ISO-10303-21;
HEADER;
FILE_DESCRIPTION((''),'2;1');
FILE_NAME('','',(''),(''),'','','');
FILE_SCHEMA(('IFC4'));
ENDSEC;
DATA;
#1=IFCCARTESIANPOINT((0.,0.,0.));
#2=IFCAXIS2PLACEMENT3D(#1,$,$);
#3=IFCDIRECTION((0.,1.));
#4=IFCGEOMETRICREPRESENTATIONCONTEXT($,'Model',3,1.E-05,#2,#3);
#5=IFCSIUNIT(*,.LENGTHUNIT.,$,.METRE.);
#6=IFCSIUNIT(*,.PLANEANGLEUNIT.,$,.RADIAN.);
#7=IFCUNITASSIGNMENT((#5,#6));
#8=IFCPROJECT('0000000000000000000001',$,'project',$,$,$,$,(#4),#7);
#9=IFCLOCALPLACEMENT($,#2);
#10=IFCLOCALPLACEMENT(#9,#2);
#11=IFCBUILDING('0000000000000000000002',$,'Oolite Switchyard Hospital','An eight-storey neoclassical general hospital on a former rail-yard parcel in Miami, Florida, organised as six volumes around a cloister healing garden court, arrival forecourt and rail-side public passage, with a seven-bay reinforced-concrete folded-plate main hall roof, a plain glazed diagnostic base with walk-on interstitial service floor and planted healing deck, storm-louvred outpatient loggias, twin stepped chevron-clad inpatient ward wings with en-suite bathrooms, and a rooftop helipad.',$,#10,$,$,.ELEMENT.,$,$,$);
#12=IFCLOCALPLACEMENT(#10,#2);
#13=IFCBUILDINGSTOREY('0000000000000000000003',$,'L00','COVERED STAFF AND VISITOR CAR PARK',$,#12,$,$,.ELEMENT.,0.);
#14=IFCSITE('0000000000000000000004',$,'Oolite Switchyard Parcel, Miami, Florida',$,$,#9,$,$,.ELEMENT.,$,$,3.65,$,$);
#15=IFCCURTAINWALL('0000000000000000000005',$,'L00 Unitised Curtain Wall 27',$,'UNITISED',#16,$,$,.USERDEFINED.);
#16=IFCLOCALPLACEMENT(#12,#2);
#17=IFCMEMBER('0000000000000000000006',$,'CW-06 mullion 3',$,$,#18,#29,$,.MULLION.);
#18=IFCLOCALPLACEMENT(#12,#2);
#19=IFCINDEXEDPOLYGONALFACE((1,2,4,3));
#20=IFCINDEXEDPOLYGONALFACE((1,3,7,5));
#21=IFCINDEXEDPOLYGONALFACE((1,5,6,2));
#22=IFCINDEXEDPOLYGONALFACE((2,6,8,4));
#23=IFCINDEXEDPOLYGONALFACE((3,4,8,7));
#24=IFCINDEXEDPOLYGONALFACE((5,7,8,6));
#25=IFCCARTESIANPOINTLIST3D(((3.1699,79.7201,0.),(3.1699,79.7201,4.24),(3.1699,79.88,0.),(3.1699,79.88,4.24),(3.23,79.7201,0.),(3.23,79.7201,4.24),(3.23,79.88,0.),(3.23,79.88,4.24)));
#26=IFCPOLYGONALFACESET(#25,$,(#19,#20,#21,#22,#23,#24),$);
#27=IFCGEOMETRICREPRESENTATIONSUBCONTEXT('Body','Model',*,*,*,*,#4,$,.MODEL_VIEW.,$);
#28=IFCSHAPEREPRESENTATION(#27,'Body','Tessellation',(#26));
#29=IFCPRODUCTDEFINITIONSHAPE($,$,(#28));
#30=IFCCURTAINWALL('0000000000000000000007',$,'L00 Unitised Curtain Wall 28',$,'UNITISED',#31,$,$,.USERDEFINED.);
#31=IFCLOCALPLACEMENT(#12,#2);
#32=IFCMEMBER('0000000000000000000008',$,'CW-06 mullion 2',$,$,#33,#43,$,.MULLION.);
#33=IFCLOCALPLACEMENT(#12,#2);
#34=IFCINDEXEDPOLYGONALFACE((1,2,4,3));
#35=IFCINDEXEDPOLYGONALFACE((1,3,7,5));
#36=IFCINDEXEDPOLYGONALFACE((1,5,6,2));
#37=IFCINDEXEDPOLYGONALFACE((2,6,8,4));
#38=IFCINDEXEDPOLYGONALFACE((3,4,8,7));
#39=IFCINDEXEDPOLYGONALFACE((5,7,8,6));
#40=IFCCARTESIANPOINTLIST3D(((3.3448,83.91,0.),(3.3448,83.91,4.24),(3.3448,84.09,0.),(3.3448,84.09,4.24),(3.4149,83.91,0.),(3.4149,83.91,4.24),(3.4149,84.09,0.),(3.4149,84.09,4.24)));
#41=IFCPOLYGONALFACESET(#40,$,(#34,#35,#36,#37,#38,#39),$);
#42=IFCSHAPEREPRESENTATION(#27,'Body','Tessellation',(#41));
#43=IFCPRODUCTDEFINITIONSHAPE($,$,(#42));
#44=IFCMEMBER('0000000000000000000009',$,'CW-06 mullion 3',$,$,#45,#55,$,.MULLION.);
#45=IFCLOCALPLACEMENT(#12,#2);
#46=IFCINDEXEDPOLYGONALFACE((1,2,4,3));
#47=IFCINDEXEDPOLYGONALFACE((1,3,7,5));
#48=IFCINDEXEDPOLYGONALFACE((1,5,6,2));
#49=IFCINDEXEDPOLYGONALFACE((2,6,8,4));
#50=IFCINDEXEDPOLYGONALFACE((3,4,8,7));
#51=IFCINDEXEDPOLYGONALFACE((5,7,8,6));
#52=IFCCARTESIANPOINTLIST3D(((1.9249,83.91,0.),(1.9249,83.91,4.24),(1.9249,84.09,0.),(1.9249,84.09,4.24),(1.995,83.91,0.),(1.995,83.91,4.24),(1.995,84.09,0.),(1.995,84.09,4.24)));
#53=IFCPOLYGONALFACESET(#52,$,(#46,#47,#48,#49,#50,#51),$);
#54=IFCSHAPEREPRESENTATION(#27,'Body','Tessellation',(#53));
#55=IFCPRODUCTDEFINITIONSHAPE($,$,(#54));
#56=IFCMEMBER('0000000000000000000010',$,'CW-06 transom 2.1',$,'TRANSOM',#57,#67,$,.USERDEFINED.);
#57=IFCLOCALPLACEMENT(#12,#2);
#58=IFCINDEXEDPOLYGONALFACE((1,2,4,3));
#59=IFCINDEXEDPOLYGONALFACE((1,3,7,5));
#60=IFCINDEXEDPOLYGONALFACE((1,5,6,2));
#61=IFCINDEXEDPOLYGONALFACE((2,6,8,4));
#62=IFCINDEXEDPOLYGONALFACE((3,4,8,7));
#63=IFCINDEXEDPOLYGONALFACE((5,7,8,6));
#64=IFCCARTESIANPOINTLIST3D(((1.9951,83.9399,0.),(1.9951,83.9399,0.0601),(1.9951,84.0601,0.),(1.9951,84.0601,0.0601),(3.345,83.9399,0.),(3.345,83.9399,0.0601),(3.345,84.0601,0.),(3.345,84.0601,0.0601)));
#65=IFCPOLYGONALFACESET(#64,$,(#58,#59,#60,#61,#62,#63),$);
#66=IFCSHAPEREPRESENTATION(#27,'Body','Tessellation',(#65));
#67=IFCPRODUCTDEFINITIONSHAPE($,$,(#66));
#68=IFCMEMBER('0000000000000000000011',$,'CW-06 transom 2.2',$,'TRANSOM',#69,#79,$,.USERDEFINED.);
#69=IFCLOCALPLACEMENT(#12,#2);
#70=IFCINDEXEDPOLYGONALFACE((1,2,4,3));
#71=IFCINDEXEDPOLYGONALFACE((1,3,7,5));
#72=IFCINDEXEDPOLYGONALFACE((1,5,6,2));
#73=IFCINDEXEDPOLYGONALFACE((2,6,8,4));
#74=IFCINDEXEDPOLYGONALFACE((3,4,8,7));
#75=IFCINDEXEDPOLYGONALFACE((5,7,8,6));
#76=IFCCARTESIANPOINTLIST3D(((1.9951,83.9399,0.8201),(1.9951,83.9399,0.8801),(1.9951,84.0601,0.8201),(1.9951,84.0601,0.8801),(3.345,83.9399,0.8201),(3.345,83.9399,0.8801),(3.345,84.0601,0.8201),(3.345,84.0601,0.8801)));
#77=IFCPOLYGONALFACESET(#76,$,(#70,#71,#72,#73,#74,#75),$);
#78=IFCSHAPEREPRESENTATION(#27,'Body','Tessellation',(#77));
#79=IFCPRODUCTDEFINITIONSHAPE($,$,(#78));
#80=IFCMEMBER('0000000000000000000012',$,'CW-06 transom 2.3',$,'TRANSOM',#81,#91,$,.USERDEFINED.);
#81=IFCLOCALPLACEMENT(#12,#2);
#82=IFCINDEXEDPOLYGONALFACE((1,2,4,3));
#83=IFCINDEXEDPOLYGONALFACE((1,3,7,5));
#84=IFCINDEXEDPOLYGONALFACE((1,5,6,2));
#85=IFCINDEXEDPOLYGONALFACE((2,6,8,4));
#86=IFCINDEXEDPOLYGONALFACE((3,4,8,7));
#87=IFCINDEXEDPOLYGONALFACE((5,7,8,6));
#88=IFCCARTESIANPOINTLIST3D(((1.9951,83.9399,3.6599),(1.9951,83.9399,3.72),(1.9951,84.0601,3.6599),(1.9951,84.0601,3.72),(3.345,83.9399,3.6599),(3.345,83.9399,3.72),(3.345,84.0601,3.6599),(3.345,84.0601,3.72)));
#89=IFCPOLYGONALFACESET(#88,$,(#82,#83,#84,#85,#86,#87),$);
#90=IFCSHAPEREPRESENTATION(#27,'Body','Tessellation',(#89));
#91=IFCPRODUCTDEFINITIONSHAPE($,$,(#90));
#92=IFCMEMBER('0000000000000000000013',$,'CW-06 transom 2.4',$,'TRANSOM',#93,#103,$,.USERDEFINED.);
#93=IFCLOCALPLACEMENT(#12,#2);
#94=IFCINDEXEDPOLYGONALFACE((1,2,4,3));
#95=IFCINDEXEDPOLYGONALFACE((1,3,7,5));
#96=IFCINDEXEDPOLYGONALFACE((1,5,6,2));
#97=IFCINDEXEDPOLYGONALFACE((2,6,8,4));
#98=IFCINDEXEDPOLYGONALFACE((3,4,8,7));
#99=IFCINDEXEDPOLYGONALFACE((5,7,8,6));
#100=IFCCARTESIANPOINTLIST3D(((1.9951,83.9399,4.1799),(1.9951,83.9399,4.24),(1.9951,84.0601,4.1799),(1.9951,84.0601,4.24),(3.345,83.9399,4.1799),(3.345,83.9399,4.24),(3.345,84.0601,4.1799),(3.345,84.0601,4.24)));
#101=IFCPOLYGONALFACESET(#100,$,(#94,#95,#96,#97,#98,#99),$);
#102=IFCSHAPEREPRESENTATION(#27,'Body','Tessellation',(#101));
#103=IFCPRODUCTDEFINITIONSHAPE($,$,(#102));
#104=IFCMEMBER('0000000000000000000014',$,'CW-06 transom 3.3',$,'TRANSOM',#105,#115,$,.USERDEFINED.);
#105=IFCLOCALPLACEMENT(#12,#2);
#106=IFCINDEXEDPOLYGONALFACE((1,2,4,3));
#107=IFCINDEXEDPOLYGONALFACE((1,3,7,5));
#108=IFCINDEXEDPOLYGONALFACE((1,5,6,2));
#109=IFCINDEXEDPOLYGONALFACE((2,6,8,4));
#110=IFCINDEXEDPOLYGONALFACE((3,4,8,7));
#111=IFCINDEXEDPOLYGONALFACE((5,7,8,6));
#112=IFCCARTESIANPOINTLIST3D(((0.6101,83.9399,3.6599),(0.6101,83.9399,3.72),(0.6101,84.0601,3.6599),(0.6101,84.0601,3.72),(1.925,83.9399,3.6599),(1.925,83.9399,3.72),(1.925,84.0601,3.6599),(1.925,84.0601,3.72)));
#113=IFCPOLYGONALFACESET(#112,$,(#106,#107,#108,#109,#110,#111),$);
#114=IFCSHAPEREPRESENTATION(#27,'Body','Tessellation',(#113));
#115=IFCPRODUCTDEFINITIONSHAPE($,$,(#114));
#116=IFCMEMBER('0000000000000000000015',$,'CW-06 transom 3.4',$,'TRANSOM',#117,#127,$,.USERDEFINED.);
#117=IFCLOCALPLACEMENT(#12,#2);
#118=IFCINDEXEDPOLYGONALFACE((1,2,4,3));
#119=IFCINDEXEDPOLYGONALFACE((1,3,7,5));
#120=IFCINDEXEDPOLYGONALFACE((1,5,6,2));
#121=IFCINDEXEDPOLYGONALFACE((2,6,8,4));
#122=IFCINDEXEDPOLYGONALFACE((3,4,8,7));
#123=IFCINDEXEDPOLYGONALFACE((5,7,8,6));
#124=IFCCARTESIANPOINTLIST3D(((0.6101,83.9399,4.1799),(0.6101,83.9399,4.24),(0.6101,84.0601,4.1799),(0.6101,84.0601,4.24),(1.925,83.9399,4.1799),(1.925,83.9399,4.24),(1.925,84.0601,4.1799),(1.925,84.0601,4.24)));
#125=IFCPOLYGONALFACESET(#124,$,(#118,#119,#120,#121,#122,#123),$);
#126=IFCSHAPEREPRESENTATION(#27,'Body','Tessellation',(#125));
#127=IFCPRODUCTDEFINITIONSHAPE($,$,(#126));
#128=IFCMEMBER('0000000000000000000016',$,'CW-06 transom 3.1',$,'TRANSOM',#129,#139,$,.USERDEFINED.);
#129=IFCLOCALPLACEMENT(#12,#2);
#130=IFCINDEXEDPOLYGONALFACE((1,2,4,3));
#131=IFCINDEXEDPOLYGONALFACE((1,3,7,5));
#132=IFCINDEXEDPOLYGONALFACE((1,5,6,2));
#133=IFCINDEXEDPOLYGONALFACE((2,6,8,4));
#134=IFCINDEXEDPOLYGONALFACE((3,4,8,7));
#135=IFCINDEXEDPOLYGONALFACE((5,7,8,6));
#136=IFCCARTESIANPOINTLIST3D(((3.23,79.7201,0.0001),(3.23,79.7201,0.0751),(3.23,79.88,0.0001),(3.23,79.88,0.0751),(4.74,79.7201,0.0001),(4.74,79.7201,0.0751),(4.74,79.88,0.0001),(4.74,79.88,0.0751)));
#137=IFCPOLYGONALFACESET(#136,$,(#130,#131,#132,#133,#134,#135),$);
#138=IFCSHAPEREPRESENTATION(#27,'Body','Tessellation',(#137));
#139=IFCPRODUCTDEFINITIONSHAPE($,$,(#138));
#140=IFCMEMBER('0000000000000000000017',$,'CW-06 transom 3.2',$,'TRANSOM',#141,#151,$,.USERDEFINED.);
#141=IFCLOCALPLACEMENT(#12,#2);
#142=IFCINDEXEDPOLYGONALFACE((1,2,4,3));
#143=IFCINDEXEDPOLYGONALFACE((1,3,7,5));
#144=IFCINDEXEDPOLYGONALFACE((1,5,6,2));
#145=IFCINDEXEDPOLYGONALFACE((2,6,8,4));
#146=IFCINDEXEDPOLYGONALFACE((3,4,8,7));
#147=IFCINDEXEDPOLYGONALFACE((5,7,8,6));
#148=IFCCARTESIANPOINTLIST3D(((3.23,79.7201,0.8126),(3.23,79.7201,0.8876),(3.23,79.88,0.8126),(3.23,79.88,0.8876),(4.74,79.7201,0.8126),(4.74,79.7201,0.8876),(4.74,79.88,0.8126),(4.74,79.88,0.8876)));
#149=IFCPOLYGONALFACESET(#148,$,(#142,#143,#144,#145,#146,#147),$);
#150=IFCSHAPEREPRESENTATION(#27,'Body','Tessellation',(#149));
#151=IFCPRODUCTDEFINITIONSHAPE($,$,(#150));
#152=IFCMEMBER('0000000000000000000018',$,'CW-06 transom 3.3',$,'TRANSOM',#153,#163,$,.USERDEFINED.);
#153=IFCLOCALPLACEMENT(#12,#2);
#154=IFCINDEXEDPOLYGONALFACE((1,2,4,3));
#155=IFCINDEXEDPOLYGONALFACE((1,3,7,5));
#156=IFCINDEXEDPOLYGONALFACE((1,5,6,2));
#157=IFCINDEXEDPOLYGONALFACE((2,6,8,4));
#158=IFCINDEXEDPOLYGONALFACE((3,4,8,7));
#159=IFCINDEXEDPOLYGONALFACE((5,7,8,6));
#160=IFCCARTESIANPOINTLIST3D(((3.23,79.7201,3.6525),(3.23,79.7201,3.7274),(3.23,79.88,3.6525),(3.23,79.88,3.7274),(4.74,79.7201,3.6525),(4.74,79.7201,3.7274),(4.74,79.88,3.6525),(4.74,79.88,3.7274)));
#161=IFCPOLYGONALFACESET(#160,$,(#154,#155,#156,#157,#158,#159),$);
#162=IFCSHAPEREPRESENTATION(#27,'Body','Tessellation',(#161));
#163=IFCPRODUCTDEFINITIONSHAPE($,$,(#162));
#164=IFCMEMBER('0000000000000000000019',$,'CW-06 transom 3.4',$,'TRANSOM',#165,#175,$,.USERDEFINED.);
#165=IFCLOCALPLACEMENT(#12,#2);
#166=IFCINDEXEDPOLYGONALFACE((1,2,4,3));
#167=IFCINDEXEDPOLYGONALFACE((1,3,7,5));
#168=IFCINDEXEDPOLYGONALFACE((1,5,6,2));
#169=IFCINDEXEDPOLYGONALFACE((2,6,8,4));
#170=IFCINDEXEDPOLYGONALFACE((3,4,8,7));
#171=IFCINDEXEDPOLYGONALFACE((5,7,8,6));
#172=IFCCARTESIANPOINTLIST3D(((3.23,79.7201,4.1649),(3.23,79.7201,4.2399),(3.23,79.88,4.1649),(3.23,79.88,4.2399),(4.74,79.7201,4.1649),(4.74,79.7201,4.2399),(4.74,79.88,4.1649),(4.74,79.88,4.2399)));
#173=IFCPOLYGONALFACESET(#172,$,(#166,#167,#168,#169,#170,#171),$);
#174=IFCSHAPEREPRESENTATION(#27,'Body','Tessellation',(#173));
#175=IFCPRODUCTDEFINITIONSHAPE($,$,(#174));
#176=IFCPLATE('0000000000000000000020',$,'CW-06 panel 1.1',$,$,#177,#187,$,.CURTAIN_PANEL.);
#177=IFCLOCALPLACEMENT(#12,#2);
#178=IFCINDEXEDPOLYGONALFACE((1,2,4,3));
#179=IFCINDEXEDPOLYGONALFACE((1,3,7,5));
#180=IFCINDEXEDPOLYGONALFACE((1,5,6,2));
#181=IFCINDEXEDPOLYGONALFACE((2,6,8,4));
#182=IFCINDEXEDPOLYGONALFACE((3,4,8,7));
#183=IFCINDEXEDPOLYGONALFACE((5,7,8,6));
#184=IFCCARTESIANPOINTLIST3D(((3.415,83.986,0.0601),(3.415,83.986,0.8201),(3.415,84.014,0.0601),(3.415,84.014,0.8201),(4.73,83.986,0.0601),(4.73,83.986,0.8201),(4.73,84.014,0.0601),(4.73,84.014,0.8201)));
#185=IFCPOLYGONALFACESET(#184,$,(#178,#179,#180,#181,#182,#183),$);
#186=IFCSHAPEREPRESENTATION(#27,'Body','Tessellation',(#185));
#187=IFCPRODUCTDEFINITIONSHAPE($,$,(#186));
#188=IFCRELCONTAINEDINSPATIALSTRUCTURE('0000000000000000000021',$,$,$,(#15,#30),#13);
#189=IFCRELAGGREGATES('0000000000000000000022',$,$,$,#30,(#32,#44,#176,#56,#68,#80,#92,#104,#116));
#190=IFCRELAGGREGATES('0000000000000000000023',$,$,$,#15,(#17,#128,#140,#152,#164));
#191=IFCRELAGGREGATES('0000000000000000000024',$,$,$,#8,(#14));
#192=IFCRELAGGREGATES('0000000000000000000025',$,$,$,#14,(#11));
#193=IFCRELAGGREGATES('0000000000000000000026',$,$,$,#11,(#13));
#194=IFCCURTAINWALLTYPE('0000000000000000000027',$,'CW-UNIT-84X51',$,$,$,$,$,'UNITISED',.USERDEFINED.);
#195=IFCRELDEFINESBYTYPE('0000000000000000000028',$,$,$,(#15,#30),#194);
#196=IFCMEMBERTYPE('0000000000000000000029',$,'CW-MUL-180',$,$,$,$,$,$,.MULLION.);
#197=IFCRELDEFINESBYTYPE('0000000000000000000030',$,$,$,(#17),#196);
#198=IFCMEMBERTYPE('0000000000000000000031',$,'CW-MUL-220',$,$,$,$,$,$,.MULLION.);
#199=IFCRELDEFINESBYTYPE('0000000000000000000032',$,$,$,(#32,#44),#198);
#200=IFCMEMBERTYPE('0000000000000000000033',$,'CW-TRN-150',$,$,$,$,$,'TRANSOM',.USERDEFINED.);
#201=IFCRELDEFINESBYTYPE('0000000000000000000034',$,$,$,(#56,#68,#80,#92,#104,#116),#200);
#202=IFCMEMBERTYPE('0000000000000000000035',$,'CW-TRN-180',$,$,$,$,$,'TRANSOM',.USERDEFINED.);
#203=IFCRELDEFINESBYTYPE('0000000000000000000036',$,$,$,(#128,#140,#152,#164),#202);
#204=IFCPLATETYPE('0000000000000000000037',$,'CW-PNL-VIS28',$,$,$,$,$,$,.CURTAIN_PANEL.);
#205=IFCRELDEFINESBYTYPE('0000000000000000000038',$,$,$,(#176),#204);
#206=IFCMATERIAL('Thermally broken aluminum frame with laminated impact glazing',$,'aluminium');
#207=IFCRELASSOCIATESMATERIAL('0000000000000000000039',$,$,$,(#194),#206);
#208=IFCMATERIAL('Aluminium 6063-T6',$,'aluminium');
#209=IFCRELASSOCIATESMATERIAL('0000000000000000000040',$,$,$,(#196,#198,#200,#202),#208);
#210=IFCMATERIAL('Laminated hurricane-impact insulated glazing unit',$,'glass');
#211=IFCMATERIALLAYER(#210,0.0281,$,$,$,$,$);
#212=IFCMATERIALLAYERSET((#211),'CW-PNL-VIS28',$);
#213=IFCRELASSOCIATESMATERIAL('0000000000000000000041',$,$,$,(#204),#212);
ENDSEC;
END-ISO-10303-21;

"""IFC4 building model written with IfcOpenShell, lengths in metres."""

from ifc_helpers import new_model, si_unit, direction, frame, origin, origin_2d, place, context, subcontext, project, spatial, rectangle, extrude, material, layer, layer_set, material_profile, profile_set, type_object, element, aggregate, save


model = new_model("IFC4")

# Units and contexts
model_context = context("Model", 3, precision=1e-05, world=origin(), true_north=direction((0.0, 1.0)))
body_context = subcontext(model_context, "Body", "Model", "MODEL_VIEW")
ifc_project = project(units=[si_unit("LENGTHUNIT", "METRE"), si_unit("PLANEANGLEUNIT", "RADIAN")], contexts=[model_context])

# Site, building, storey
site_placement = place(None, origin())
site = spatial("IfcSite", under=ifc_project, at=site_placement, Name="Oolite Switchyard Parcel, Miami, Florida", CompositionType="ELEMENT", RefElevation=3.65)
building_placement = place(site_placement, origin())
building = spatial("IfcBuilding", under=site, at=building_placement, Name="Oolite Switchyard Hospital", Description="An eight-storey neoclassical general hospital on a former rail-yard parcel in Miami, Florida, organised as six volumes around a cloister healing garden court, arrival forecourt and rail-side public passage, with a seven-bay reinforced-concrete folded-plate main hall roof, a plain glazed diagnostic base with walk-on interstitial service floor and planted healing deck, storm-louvred outpatient loggias, twin stepped chevron-clad inpatient ward wings with en-suite bathrooms, and a rooftop helipad.", CompositionType="ELEMENT")
storey_placement = place(building_placement, origin())
storey = spatial("IfcBuildingStorey", under=building, at=storey_placement, Name="L00", Description="COVERED STAFF AND VISITOR CAR PARK", CompositionType="ELEMENT", Elevation=0.0)

# Curtain wall, member
ifc_material_1 = material(Name="Thermally broken aluminum frame with laminated impact glazing", Category="aluminium")
curtain_wall_type = type_object("IfcCurtainWallType", Name="CW-UNIT-84X51", ElementType="UNITISED", PredefinedType="USERDEFINED", material=ifc_material_1)
curtain_wall_1_placement = place(storey_placement, origin())
curtain_wall_1 = element("IfcCurtainWall", 1, at=curtain_wall_1_placement, inside=storey, type_object=curtain_wall_type, Name="L00 Unitised Curtain Wall 27", ObjectType="UNITISED", PredefinedType="USERDEFINED")
ifc_material_2 = material(Name="Aluminium 6063-T6", Category="aluminium")
ifc_material_profile_1 = material_profile(ifc_material_2, rectangle(XDim=0.1599, YDim=0.0601, at=origin_2d()), Name="CWM60X160")
ifc_profile_set_1 = profile_set([ifc_material_profile_1], Name="Aluminium 6063-T6")
member_type_1 = type_object("IfcMemberType", Name="CW-MUL-180", PredefinedType="MULLION", material=ifc_profile_set_1)
member_1_placement = place(storey_placement, frame((3.2, 79.8, 0.0), z_axis=(0.0, 0.0, 1.0), x_axis=(0.0, 1.0, 0.0)))
member_1 = element("IfcMember", 2, at=member_1_placement, type_object=member_type_1, Name="CW-06 mullion 3", PredefinedType="MULLION", context=body_context, shape_type="SweptSolid", body=[
    extrude(rectangle(XDim=0.1599, YDim=0.0601, at=origin_2d()), origin(), (0.0, 0.0, 1.0), 4.24),
])

# Curtain wall, members
curtain_wall_2_placement = place(storey_placement, origin())
curtain_wall_2 = element("IfcCurtainWall", 3, at=curtain_wall_2_placement, inside=storey, type_object=curtain_wall_type, Name="L00 Unitised Curtain Wall 28", ObjectType="UNITISED", PredefinedType="USERDEFINED")
ifc_material_profile_2 = material_profile(ifc_material_2, rectangle(XDim=0.1799, YDim=0.0701, at=origin_2d()), Name="CWM70X180")
ifc_profile_set_2 = profile_set([ifc_material_profile_2], Name="Aluminium 6063-T6")
member_type_2 = type_object("IfcMemberType", Name="CW-MUL-220", PredefinedType="MULLION", material=ifc_profile_set_2)
member_2_placement = place(storey_placement, frame((3.3799, 84.0, 0.0), z_axis=(0.0, 0.0, 1.0), x_axis=(0.0, -1.0, 0.0)))
member_2 = element("IfcMember", 4, at=member_2_placement, type_object=member_type_2, Name="CW-06 mullion 2", PredefinedType="MULLION", context=body_context, shape_type="SweptSolid", body=[
    extrude(rectangle(XDim=0.1799, YDim=0.0701, at=origin_2d()), origin(), (0.0, 0.0, 1.0), 4.24),
])
member_3_placement = place(storey_placement, frame((1.96, 84.0, 0.0), z_axis=(0.0, 0.0, 1.0), x_axis=(0.0, -1.0, 0.0)))
member_3 = element("IfcMember", 5, at=member_3_placement, type_object=member_type_2, Name="CW-06 mullion 3", PredefinedType="MULLION", context=body_context, shape_type="SweptSolid", body=[
    extrude(rectangle(XDim=0.1799, YDim=0.0701, at=origin_2d()), origin(), (0.0, 0.0, 1.0), 4.24),
])
ifc_material_profile_3 = material_profile(ifc_material_2, rectangle(XDim=0.1201, YDim=0.0601, at=origin_2d()), Name="CWT60X120")
ifc_profile_set_3 = profile_set([ifc_material_profile_3], Name="Aluminium 6063-T6")
member_type_3 = type_object("IfcMemberType", Name="CW-TRN-150", ElementType="TRANSOM", PredefinedType="USERDEFINED", material=ifc_profile_set_3)
member_4_placement = place(storey_placement, frame((3.345, 84.0, 0.03), z_axis=(-1.0, 0.0, 0.0), x_axis=(0.0, -1.0, 0.0)))
member_4 = element("IfcMember", 6, at=member_4_placement, type_object=member_type_3, Name="CW-06 transom 2.1", ObjectType="TRANSOM", PredefinedType="USERDEFINED", context=body_context, shape_type="SweptSolid", body=[
    extrude(rectangle(XDim=0.1201, YDim=0.0601, at=origin_2d()), origin(), (0.0, 0.0, 1.0), 1.3499),
])
member_5_placement = place(storey_placement, frame((3.345, 84.0, 0.8501), z_axis=(-1.0, 0.0, 0.0), x_axis=(0.0, -1.0, 0.0)))
member_5 = element("IfcMember", 7, at=member_5_placement, type_object=member_type_3, Name="CW-06 transom 2.2", ObjectType="TRANSOM", PredefinedType="USERDEFINED", context=body_context, shape_type="SweptSolid", body=[
    extrude(rectangle(XDim=0.1201, YDim=0.0601, at=origin_2d()), origin(), (0.0, 0.0, 1.0), 1.3499),
])
member_6_placement = place(storey_placement, frame((3.345, 84.0, 3.6899), z_axis=(-1.0, 0.0, 0.0), x_axis=(0.0, -1.0, 0.0)))
member_6 = element("IfcMember", 8, at=member_6_placement, type_object=member_type_3, Name="CW-06 transom 2.3", ObjectType="TRANSOM", PredefinedType="USERDEFINED", context=body_context, shape_type="SweptSolid", body=[
    extrude(rectangle(XDim=0.1201, YDim=0.0601, at=origin_2d()), origin(), (0.0, 0.0, 1.0), 1.3499),
])
member_7_placement = place(storey_placement, frame((3.345, 84.0, 4.21), z_axis=(-1.0, 0.0, 0.0), x_axis=(0.0, -1.0, 0.0)))
member_7 = element("IfcMember", 9, at=member_7_placement, type_object=member_type_3, Name="CW-06 transom 2.4", ObjectType="TRANSOM", PredefinedType="USERDEFINED", context=body_context, shape_type="SweptSolid", body=[
    extrude(rectangle(XDim=0.1201, YDim=0.0601, at=origin_2d()), origin(), (0.0, 0.0, 1.0), 1.3499),
])
member_8_placement = place(storey_placement, frame((1.925, 84.0, 3.6899), z_axis=(-1.0, 0.0, 0.0), x_axis=(0.0, -1.0, 0.0)))
member_8 = element("IfcMember", 10, at=member_8_placement, type_object=member_type_3, Name="CW-06 transom 3.3", ObjectType="TRANSOM", PredefinedType="USERDEFINED", context=body_context, shape_type="SweptSolid", body=[
    extrude(rectangle(XDim=0.1201, YDim=0.0601, at=origin_2d()), origin(), (0.0, 0.0, 1.0), 1.3149),
])
member_9_placement = place(storey_placement, frame((1.925, 84.0, 4.21), z_axis=(-1.0, 0.0, 0.0), x_axis=(0.0, -1.0, 0.0)))
member_9 = element("IfcMember", 11, at=member_9_placement, type_object=member_type_3, Name="CW-06 transom 3.4", ObjectType="TRANSOM", PredefinedType="USERDEFINED", context=body_context, shape_type="SweptSolid", body=[
    extrude(rectangle(XDim=0.1201, YDim=0.0601, at=origin_2d()), origin(), (0.0, 0.0, 1.0), 1.3149),
])

# Members
ifc_material_profile_4 = material_profile(ifc_material_2, rectangle(XDim=0.1599, YDim=0.075, at=origin_2d()), Name="CWT75X160")
ifc_profile_set_4 = profile_set([ifc_material_profile_4], Name="Aluminium 6063-T6")
member_type_4 = type_object("IfcMemberType", Name="CW-TRN-180", ElementType="TRANSOM", PredefinedType="USERDEFINED", material=ifc_profile_set_4)
member_10_placement = place(storey_placement, frame((3.23, 79.8, 0.0376), z_axis=(1.0, 0.0, 0.0), x_axis=(0.0, 1.0, 0.0)))
member_10 = element("IfcMember", 12, at=member_10_placement, type_object=member_type_4, Name="CW-06 transom 3.1", ObjectType="TRANSOM", PredefinedType="USERDEFINED", context=body_context, shape_type="SweptSolid", body=[
    extrude(rectangle(XDim=0.1599, YDim=0.075, at=origin_2d()), origin(), (0.0, 0.0, 1.0), 1.51),
])
member_11_placement = place(storey_placement, frame((3.23, 79.8, 0.8501), z_axis=(1.0, 0.0, 0.0), x_axis=(0.0, 1.0, 0.0)))
member_11 = element("IfcMember", 13, at=member_11_placement, type_object=member_type_4, Name="CW-06 transom 3.2", ObjectType="TRANSOM", PredefinedType="USERDEFINED", context=body_context, shape_type="SweptSolid", body=[
    extrude(rectangle(XDim=0.1599, YDim=0.075, at=origin_2d()), origin(), (0.0, 0.0, 1.0), 1.51),
])
member_12_placement = place(storey_placement, frame((3.23, 79.8, 3.6899), z_axis=(1.0, 0.0, 0.0), x_axis=(0.0, 1.0, 0.0)))
member_12 = element("IfcMember", 14, at=member_12_placement, type_object=member_type_4, Name="CW-06 transom 3.3", ObjectType="TRANSOM", PredefinedType="USERDEFINED", context=body_context, shape_type="SweptSolid", body=[
    extrude(rectangle(XDim=0.1599, YDim=0.075, at=origin_2d()), origin(), (0.0, 0.0, 1.0), 1.51),
])
member_13_placement = place(storey_placement, frame((3.23, 79.8, 4.2024), z_axis=(1.0, 0.0, 0.0), x_axis=(0.0, 1.0, 0.0)))
member_13 = element("IfcMember", 15, at=member_13_placement, type_object=member_type_4, Name="CW-06 transom 3.4", ObjectType="TRANSOM", PredefinedType="USERDEFINED", context=body_context, shape_type="SweptSolid", body=[
    extrude(rectangle(XDim=0.1599, YDim=0.075, at=origin_2d()), origin(), (0.0, 0.0, 1.0), 1.51),
])

# Plate
ifc_material_3 = material(Name="Laminated hurricane-impact insulated glazing unit", Category="glass")
ifc_layer_1 = layer(ifc_material_3, 0.0281)
ifc_layer_set_1 = layer_set([ifc_layer_1], Name="CW-PNL-VIS28")
plate_type_1 = type_object("IfcPlateType", Name="CW-PNL-VIS28", PredefinedType="CURTAIN_PANEL", material=ifc_layer_set_1)
plate_1_placement = place(storey_placement, frame((4.0725, 84.0, 0.0601), z_axis=(0.0, 0.0, 1.0), x_axis=(-1.0, 0.0, 0.0)))
plate_1 = element("IfcPlate", 16, at=plate_1_placement, type_object=plate_type_1, Name="CW-06 panel 1.1", PredefinedType="CURTAIN_PANEL", context=body_context, shape_type="SweptSolid", body=[
    extrude(rectangle(XDim=1.3149, YDim=0.0281, at=origin_2d()), origin(), (0.0, 0.0, 1.0), 0.76),
])
aggregate(curtain_wall_2, [member_2, member_3, plate_1, member_4, member_5, member_6, member_7, member_8, member_9])
aggregate(curtain_wall_1, [member_1, member_10, member_11, member_12, member_13])

save(model, "model.ifc")
